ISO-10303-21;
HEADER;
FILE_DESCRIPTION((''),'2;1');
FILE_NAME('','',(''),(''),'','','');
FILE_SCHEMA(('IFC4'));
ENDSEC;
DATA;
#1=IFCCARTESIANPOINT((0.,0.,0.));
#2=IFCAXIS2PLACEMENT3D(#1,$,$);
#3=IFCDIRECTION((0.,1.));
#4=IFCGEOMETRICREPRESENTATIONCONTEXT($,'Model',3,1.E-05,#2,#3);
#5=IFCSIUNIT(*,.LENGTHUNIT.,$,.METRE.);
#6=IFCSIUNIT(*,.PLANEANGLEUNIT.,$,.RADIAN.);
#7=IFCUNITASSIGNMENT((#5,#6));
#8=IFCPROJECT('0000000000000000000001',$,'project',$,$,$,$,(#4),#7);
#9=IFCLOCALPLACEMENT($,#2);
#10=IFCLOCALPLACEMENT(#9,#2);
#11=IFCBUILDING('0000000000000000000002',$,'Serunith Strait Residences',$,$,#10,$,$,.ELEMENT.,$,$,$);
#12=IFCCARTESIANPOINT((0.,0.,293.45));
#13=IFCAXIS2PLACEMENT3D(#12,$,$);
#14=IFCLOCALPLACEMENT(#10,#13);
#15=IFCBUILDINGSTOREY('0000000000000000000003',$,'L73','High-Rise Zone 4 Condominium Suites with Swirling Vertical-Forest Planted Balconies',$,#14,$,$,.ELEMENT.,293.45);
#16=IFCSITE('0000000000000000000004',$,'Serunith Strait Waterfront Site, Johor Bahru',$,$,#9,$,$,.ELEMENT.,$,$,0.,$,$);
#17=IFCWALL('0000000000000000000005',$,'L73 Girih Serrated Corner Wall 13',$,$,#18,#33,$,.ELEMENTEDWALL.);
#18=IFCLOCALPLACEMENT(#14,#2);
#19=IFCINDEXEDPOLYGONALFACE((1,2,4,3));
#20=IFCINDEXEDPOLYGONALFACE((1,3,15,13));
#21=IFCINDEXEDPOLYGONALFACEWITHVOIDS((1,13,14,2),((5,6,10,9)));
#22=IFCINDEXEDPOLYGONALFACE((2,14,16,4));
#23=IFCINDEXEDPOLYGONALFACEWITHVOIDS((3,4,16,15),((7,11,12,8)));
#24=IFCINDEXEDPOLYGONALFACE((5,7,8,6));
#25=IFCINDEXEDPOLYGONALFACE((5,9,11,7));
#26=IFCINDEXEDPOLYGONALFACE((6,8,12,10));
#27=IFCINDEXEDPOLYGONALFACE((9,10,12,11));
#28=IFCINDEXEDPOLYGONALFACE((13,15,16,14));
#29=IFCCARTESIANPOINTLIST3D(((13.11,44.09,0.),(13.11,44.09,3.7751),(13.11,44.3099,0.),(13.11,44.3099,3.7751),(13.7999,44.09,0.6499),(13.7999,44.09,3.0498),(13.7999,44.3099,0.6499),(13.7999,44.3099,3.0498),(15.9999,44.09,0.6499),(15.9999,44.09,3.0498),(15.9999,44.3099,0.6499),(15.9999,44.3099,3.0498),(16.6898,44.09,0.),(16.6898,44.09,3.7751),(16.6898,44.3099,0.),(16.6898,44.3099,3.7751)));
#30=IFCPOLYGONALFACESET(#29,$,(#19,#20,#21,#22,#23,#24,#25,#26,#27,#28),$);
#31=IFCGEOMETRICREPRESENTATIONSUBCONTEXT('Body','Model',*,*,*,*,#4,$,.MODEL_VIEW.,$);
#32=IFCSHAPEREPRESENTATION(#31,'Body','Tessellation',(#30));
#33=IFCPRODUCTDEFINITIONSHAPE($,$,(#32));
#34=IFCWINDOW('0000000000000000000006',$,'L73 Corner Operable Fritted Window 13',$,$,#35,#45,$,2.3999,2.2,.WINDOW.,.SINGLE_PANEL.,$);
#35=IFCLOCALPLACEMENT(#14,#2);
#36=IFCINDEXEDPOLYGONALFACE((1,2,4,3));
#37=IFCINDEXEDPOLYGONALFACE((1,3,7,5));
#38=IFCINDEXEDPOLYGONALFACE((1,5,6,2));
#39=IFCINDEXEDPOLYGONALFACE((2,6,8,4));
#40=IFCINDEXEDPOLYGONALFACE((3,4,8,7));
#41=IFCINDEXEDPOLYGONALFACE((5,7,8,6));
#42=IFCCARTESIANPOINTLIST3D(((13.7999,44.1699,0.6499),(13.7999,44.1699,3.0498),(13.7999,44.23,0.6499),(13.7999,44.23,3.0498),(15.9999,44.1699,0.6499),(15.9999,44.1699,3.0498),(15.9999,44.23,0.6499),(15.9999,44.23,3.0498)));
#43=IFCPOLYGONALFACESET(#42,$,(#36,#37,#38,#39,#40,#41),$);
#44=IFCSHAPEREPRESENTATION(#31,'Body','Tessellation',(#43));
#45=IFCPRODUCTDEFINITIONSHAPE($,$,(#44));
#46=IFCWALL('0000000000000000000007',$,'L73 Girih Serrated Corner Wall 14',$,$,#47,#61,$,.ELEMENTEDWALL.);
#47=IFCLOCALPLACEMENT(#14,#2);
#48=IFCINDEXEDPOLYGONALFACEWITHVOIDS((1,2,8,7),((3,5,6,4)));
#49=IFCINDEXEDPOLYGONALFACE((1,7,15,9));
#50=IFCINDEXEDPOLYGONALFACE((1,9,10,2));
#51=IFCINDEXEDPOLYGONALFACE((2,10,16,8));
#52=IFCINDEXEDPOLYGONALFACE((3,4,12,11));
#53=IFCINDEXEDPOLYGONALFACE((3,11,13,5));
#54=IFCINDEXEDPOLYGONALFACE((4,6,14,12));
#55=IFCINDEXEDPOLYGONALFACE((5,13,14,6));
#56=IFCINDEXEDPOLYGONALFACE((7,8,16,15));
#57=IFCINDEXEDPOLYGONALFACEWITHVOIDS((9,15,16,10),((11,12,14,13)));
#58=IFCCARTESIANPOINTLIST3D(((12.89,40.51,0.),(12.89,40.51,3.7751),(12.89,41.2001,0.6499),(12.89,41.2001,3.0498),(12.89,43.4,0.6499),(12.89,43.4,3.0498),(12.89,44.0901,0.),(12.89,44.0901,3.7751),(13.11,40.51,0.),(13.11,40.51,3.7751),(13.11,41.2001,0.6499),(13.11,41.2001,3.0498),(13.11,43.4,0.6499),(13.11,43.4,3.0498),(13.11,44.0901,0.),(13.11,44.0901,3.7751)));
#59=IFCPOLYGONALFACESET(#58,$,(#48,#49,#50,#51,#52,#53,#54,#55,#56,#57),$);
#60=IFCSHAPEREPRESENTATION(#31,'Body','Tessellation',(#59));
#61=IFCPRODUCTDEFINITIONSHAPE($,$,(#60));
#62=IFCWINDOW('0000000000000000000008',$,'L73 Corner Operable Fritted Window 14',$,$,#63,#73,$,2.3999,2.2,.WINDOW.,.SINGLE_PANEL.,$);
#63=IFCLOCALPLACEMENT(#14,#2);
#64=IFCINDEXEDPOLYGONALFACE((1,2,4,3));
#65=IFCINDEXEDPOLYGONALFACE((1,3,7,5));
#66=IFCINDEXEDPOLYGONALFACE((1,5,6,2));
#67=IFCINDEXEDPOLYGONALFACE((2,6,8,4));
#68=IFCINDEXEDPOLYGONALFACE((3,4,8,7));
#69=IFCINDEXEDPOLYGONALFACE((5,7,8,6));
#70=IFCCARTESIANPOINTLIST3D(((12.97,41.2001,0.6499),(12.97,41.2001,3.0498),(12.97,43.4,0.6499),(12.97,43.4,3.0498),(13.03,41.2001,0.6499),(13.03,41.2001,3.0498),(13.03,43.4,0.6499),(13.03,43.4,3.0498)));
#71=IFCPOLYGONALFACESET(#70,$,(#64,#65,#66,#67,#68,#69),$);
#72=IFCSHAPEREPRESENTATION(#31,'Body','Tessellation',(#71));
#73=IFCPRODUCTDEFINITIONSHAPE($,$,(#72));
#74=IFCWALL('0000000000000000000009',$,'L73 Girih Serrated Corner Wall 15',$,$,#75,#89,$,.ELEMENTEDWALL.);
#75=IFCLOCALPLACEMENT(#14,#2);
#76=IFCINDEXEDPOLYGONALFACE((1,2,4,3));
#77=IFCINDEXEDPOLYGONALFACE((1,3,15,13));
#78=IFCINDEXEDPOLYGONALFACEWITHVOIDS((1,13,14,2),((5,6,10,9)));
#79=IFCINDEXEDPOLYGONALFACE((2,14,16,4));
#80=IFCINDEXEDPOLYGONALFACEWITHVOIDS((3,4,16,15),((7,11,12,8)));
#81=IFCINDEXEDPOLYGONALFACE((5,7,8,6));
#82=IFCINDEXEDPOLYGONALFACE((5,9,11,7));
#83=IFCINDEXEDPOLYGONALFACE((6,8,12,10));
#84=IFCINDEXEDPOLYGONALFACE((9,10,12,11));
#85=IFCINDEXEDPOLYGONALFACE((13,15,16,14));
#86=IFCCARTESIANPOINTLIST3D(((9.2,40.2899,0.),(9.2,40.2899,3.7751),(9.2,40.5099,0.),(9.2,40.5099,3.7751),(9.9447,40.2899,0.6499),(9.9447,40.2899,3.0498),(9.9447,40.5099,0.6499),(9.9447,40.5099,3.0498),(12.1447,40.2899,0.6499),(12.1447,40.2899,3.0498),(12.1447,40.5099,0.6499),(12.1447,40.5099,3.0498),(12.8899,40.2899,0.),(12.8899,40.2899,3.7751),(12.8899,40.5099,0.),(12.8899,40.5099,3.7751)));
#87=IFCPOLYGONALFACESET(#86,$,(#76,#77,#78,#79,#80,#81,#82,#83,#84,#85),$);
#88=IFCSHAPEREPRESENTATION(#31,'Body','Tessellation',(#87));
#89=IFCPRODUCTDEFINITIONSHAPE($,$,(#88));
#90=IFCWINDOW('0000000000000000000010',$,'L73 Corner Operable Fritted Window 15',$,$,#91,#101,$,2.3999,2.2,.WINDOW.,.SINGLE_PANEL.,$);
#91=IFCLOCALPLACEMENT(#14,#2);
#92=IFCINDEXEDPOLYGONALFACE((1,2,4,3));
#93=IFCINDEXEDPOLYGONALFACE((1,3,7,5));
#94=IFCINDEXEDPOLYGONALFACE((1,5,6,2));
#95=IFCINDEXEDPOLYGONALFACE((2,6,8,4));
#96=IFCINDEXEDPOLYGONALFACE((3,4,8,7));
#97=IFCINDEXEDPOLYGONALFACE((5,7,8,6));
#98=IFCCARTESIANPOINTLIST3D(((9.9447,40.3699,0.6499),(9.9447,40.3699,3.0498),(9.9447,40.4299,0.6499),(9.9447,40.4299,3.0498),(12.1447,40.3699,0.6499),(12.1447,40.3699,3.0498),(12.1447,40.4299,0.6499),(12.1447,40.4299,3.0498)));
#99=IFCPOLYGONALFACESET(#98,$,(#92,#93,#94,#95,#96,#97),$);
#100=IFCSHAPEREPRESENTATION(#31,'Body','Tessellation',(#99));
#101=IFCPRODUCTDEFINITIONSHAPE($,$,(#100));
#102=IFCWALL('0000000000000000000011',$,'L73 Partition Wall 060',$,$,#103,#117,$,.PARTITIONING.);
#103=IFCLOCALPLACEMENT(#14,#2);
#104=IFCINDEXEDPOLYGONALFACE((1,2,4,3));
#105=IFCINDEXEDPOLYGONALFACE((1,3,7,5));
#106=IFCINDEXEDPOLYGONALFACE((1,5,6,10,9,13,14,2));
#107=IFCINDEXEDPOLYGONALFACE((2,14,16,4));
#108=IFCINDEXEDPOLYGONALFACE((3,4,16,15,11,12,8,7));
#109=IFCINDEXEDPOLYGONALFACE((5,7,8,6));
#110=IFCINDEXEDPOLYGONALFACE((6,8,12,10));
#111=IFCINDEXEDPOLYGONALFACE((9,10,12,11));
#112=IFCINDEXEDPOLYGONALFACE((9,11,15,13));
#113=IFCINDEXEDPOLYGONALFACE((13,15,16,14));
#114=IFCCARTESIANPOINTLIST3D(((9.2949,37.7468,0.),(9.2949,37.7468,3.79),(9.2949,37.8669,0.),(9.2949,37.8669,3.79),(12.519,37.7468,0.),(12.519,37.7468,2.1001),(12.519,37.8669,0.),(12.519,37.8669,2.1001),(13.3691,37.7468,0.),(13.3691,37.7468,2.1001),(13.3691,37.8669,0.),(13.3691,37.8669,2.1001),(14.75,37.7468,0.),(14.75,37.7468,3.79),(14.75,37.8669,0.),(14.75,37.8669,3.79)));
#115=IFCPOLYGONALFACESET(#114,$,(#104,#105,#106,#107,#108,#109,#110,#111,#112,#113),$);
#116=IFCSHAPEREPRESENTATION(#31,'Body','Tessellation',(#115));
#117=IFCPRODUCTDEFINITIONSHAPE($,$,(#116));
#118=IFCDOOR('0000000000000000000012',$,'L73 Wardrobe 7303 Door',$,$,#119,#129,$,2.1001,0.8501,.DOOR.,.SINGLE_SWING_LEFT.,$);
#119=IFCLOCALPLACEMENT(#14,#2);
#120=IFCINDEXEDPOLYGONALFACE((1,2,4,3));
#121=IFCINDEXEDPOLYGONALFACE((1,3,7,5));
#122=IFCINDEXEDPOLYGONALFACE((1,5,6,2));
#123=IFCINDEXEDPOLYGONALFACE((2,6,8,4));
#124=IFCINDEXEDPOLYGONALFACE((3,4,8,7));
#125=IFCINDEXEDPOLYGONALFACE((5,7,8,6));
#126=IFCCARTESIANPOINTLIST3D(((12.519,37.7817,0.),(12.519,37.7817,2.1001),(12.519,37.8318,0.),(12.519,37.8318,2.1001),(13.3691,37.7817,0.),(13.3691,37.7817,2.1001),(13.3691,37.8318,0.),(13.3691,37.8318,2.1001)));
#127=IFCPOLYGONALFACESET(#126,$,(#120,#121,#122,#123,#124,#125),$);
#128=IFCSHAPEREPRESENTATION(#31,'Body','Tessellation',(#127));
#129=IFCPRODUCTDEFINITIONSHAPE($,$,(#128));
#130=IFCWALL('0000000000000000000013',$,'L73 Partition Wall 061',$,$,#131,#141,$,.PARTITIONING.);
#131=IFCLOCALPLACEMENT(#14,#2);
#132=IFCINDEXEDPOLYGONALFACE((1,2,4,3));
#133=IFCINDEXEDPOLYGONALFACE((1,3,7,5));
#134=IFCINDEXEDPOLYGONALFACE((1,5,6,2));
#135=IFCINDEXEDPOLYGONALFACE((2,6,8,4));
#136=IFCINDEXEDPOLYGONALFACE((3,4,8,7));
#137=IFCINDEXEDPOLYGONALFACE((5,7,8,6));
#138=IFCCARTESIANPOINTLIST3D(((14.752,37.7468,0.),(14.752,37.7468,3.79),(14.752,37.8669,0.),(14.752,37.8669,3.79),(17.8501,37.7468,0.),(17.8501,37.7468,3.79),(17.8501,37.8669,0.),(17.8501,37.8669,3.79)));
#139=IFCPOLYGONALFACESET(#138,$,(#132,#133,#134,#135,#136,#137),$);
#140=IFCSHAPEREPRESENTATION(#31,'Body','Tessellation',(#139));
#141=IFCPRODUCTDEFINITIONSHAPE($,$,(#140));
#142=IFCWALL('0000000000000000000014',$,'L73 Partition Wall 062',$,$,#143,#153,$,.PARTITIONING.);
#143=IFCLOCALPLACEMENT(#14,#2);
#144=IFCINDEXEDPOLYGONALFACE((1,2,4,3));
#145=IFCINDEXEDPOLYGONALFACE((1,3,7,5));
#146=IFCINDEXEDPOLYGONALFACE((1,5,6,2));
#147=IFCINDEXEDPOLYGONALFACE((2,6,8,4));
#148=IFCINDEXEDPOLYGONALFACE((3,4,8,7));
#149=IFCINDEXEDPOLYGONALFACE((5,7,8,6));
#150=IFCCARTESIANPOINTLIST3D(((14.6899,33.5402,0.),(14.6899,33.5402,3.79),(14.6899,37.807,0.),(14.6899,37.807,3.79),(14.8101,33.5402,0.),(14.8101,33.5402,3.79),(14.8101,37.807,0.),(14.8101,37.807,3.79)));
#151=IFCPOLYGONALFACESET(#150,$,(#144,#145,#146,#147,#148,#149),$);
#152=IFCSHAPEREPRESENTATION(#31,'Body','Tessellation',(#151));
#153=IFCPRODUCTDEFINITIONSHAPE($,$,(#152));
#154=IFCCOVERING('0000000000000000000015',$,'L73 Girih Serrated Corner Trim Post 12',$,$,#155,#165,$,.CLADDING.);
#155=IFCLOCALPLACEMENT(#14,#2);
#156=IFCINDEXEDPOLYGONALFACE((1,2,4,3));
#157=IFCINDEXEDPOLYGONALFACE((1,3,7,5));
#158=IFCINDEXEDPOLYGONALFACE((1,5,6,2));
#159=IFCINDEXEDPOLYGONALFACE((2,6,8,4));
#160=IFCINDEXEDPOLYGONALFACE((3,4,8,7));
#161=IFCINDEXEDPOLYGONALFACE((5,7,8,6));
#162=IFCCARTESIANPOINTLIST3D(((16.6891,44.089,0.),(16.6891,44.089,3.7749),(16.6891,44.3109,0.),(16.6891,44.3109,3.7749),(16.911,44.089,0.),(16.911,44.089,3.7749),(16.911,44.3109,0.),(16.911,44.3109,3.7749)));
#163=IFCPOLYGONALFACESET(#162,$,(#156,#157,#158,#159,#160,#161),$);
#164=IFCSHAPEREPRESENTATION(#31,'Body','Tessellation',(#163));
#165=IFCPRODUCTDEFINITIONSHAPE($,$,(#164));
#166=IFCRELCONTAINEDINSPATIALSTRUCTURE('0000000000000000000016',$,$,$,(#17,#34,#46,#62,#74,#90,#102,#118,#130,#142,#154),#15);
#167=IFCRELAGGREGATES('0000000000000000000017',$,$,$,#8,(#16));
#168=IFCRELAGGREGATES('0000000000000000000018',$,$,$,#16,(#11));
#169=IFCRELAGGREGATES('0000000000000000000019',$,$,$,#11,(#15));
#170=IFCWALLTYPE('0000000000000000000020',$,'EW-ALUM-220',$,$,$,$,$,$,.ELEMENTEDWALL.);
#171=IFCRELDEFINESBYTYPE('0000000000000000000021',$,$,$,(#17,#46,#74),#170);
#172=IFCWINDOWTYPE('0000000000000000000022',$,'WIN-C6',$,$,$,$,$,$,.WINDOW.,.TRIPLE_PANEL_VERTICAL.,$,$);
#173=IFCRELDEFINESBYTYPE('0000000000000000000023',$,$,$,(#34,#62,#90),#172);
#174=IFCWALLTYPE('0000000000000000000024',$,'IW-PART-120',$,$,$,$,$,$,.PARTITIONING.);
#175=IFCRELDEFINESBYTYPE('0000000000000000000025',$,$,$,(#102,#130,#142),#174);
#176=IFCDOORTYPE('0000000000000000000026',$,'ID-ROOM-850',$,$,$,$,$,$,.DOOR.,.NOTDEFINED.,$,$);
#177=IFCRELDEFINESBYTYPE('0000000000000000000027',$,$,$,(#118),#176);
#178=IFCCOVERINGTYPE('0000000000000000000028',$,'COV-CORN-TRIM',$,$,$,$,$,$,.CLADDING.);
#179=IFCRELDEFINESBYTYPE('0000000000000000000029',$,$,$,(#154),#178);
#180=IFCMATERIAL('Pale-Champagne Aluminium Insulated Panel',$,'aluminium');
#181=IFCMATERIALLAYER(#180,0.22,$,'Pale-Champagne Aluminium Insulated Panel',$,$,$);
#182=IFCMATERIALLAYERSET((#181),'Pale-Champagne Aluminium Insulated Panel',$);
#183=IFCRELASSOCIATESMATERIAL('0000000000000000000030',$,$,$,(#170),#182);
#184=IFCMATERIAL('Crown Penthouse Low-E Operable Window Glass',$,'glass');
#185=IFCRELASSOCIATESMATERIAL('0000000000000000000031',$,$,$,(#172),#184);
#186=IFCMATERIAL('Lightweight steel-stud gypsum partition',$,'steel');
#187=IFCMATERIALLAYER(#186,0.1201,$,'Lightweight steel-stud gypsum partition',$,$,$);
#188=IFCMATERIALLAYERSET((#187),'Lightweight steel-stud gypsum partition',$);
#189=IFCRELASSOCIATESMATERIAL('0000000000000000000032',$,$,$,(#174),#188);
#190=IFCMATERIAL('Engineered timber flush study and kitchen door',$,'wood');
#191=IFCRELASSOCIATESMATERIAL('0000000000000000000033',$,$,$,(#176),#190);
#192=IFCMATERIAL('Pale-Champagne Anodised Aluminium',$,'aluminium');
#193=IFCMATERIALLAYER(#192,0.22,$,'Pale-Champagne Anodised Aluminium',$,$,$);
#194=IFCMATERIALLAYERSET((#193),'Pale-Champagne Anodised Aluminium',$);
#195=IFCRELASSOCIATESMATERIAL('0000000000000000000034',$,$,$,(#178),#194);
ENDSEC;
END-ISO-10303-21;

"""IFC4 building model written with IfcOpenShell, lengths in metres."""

from ifc_helpers import new_model, si_unit, direction, frame, frame_2d, origin, origin_2d, place, context, subcontext, project, spatial, rectangle, extrude, source, transform, mapped, material, layer, layer_set, type_object, element, fill, save


model = new_model("IFC4")

# Units and contexts
model_context = context("Model", 3, precision=1e-05, world=origin(), true_north=direction((0.0, 1.0)))
body_context = subcontext(model_context, "Body", "Model", "MODEL_VIEW")
ifc_project = project(units=[si_unit("LENGTHUNIT", "METRE"), si_unit("PLANEANGLEUNIT", "RADIAN")], contexts=[model_context])

# Site, building, storey
site_placement = place(None, origin())
site = spatial("IfcSite", under=ifc_project, at=site_placement, Name="Serunith Strait Waterfront Site, Johor Bahru", CompositionType="ELEMENT", RefElevation=0.0)
building_placement = place(site_placement, origin())
building = spatial("IfcBuilding", under=site, at=building_placement, Name="Serunith Strait Residences", CompositionType="ELEMENT")
storey_placement = place(building_placement, frame((0.0, 0.0, 293.45)))
storey = spatial("IfcBuildingStorey", under=building, at=storey_placement, Name="L73", Description="High-Rise Zone 4 Condominium Suites with Swirling Vertical-Forest Planted Balconies", CompositionType="ELEMENT", Elevation=293.45)

# Walls, openings, windows
ifc_material_1 = material(Name="Pale-Champagne Aluminium Insulated Panel", Category="aluminium")
ifc_layer_1 = layer(ifc_material_1, 0.22, Name="Pale-Champagne Aluminium Insulated Panel")
ifc_layer_set_1 = layer_set([ifc_layer_1], Name="Pale-Champagne Aluminium Insulated Panel")
wall_type_1 = type_object("IfcWallType", Name="EW-ALUM-220", PredefinedType="ELEMENTEDWALL", material=ifc_layer_set_1)
ifc_material_2 = material(Name="Crown Penthouse Low-E Operable Window Glass", Category="glass")
window_type = type_object("IfcWindowType", Name="WIN-C6", PartitioningType="TRIPLE_PANEL_VERTICAL", PredefinedType="WINDOW", material=ifc_material_2)
shared_shape_1 = source(origin(), body_context, "Body", "SweptSolid", [
    extrude(rectangle(XDim=2.2, YDim=2.3999, at=frame_2d((1.1001, 1.2))), frame((0.0, 0.03, 0.0), z_axis=(0.0, -1.0, 0.0), x_axis=(1.0, 0.0, 0.0)), (0.0, 0.0, 1.0), 0.0601),
])
wall_1_placement = place(storey_placement, frame((16.6899, 44.2, 0.0), z_axis=(0.0, 0.0, 1.0), x_axis=(-1.0, 0.0, 0.0)))
wall_1 = element("IfcWall", 1, at=wall_1_placement, inside=storey, type_object=wall_type_1, Name="L73 Girih Serrated Corner Wall 13", PredefinedType="ELEMENTEDWALL", context=body_context, shape_type="SweptSolid", body=[
    extrude(rectangle(XDim=3.5798, YDim=0.22, at=frame_2d((1.79, 0.0))), origin(), (0.0, 0.0, 1.0), 3.7751),
])
opening_1_placement = place(wall_1_placement, frame((0.6899, 0.0, 0.6499)))
opening_1 = element("IfcOpeningElement", 2, at=opening_1_placement, cuts=wall_1, PredefinedType="OPENING", context=body_context, shape_type="SweptSolid", body=[
    extrude(rectangle(XDim=2.2, YDim=2.3999, at=frame_2d((1.1001, 1.2))), frame((0.0, 0.1201, 0.0), z_axis=(0.0, -1.0, 0.0), x_axis=(1.0, 0.0, 0.0)), (0.0, 0.0, 1.0), 0.24),
])
window_1_placement = place(opening_1_placement, origin())
window_1 = element("IfcWindow", 3, at=window_1_placement, inside=storey, type_object=window_type, Name="L73 Corner Operable Fritted Window 13", OverallHeight=2.3999, OverallWidth=2.2, PartitioningType="SINGLE_PANEL", PredefinedType="WINDOW", context=body_context, shape_type="MappedRepresentation", body=[
    mapped(shared_shape_1, transform((0.0, 0.0, 0.0), scale=1.0)),
])
fill(opening_1, window_1)
wall_2_placement = place(storey_placement, frame((13.0, 44.0901, 0.0), z_axis=(0.0, 0.0, 1.0), x_axis=(0.0, -1.0, 0.0)))
wall_2 = element("IfcWall", 4, at=wall_2_placement, inside=storey, type_object=wall_type_1, Name="L73 Girih Serrated Corner Wall 14", PredefinedType="ELEMENTEDWALL", context=body_context, shape_type="SweptSolid", body=[
    extrude(rectangle(XDim=3.5801, YDim=0.22, at=frame_2d((1.79, 0.0))), origin(), (0.0, 0.0, 1.0), 3.7751),
])
opening_2_placement = place(wall_2_placement, frame((0.6899, 0.0, 0.6499)))
opening_2 = element("IfcOpeningElement", 5, at=opening_2_placement, cuts=wall_2, PredefinedType="OPENING", context=body_context, shape_type="SweptSolid", body=[
    extrude(rectangle(XDim=2.2, YDim=2.3999, at=frame_2d((1.1001, 1.2))), frame((0.0, 0.1201, 0.0), z_axis=(0.0, -1.0, 0.0), x_axis=(1.0, 0.0, 0.0)), (0.0, 0.0, 1.0), 0.24),
])
window_2_placement = place(opening_2_placement, origin())
window_2 = element("IfcWindow", 6, at=window_2_placement, inside=storey, type_object=window_type, Name="L73 Corner Operable Fritted Window 14", OverallHeight=2.3999, OverallWidth=2.2, PartitioningType="SINGLE_PANEL", PredefinedType="WINDOW", context=body_context, shape_type="MappedRepresentation", body=[
    mapped(shared_shape_1, transform((0.0, 0.0, 0.0), scale=1.0)),
])
fill(opening_2, window_2)
wall_3_placement = place(storey_placement, frame((12.8899, 40.3999, 0.0), z_axis=(0.0, 0.0, 1.0), x_axis=(-1.0, 0.0, 0.0)))
wall_3 = element("IfcWall", 7, at=wall_3_placement, inside=storey, type_object=wall_type_1, Name="L73 Girih Serrated Corner Wall 15", PredefinedType="ELEMENTEDWALL", context=body_context, shape_type="SweptSolid", body=[
    extrude(rectangle(XDim=3.6899, YDim=0.22, at=frame_2d((1.845, 0.0))), origin(), (0.0, 0.0, 1.0), 3.7751),
])
opening_3_placement = place(wall_3_placement, frame((0.7451, 0.0, 0.6499)))
opening_3 = element("IfcOpeningElement", 8, at=opening_3_placement, cuts=wall_3, PredefinedType="OPENING", context=body_context, shape_type="SweptSolid", body=[
    extrude(rectangle(XDim=2.2, YDim=2.3999, at=frame_2d((1.1001, 1.2))), frame((0.0, 0.1201, 0.0), z_axis=(0.0, -1.0, 0.0), x_axis=(1.0, 0.0, 0.0)), (0.0, 0.0, 1.0), 0.24),
])
window_3_placement = place(opening_3_placement, origin())
window_3 = element("IfcWindow", 9, at=window_3_placement, inside=storey, type_object=window_type, Name="L73 Corner Operable Fritted Window 15", OverallHeight=2.3999, OverallWidth=2.2, PartitioningType="SINGLE_PANEL", PredefinedType="WINDOW", context=body_context, shape_type="MappedRepresentation", body=[
    mapped(shared_shape_1, transform((0.0, 0.0, 0.0), scale=1.0)),
])
fill(opening_3, window_3)

# Wall, opening, door
ifc_material_3 = material(Name="Lightweight steel-stud gypsum partition", Category="steel")
ifc_layer_2 = layer(ifc_material_3, 0.1201, Name="Lightweight steel-stud gypsum partition")
ifc_layer_set_2 = layer_set([ifc_layer_2], Name="Lightweight steel-stud gypsum partition")
wall_type_2 = type_object("IfcWallType", Name="IW-PART-120", PredefinedType="PARTITIONING", material=ifc_layer_set_2)
wall_4_placement = place(storey_placement, frame((9.2949, 37.8069, 0.0), z_axis=(0.0, 0.0, 1.0), x_axis=(1.0, 0.0, 0.0)))
wall_4 = element("IfcWall", 10, at=wall_4_placement, inside=storey, type_object=wall_type_2, Name="L73 Partition Wall 060", PredefinedType="PARTITIONING", context=body_context, shape_type="SweptSolid", body=[
    extrude(rectangle(XDim=5.4551, YDim=0.1201, at=frame_2d((2.7275, 0.0))), origin(), (0.0, 0.0, 1.0), 3.79),
])
opening_4_placement = place(wall_4_placement, frame((3.2241, 0.0, 0.0)))
opening_4 = element("IfcOpeningElement", 11, at=opening_4_placement, cuts=wall_4, PredefinedType="OPENING", context=body_context, shape_type="SweptSolid", body=[
    extrude(rectangle(XDim=0.8501, YDim=2.1001, at=frame_2d((0.425, 1.05))), frame((0.0, 0.0701, 0.0), z_axis=(0.0, -1.0, 0.0), x_axis=(1.0, 0.0, 0.0)), (0.0, 0.0, 1.0), 0.1401),
])
ifc_material_4 = material(Name="Engineered timber flush study and kitchen door", Category="wood")
door_type = type_object("IfcDoorType", Name="ID-ROOM-850", OperationType="NOTDEFINED", PredefinedType="DOOR", material=ifc_material_4)
shared_shape_2 = source(origin(), body_context, "Body", "SweptSolid", [
    extrude(rectangle(XDim=0.8501, YDim=2.1001, at=frame_2d((0.425, 1.05))), frame((0.0, 0.0249, 0.0), z_axis=(0.0, -1.0, 0.0), x_axis=(1.0, 0.0, 0.0)), (0.0, 0.0, 1.0), 0.05),
])
door_placement = place(opening_4_placement, origin())
door = element("IfcDoor", 12, at=door_placement, inside=storey, type_object=door_type, Name="L73 Wardrobe 7303 Door", OperationType="SINGLE_SWING_LEFT", OverallHeight=2.1001, OverallWidth=0.8501, PredefinedType="DOOR", context=body_context, shape_type="MappedRepresentation", body=[
    mapped(shared_shape_2, transform((0.0, 0.0, 0.0), scale=1.0)),
])
fill(opening_4, door)

# Walls
wall_5_placement = place(storey_placement, frame((14.752, 37.8069, 0.0), z_axis=(0.0, 0.0, 1.0), x_axis=(1.0, 0.0, 0.0)))
element("IfcWall", 13, at=wall_5_placement, inside=storey, type_object=wall_type_2, Name="L73 Partition Wall 061", PredefinedType="PARTITIONING", context=body_context, shape_type="SweptSolid", body=[
    extrude(rectangle(XDim=3.0981, YDim=0.1201, at=frame_2d((1.5491, 0.0))), origin(), (0.0, 0.0, 1.0), 3.79),
])
wall_6_placement = place(storey_placement, frame((14.75, 37.8069, 0.0), z_axis=(0.0, 0.0, 1.0), x_axis=(0.0, -1.0, 0.0)))
element("IfcWall", 14, at=wall_6_placement, inside=storey, type_object=wall_type_2, Name="L73 Partition Wall 062", PredefinedType="PARTITIONING", context=body_context, shape_type="SweptSolid", body=[
    extrude(rectangle(XDim=4.2668, YDim=0.1201, at=frame_2d((2.1333, 0.0))), origin(), (0.0, 0.0, 1.0), 3.79),
])

# Covering
ifc_material_5 = material(Name="Pale-Champagne Anodised Aluminium", Category="aluminium")
ifc_layer_3 = layer(ifc_material_5, 0.22, Name="Pale-Champagne Anodised Aluminium")
ifc_layer_set_3 = layer_set([ifc_layer_3], Name="Pale-Champagne Anodised Aluminium")
covering_type = type_object("IfcCoveringType", Name="COV-CORN-TRIM", PredefinedType="CLADDING", material=ifc_layer_set_3)
shared_shape_3 = source(origin(), body_context, "Body", "SweptSolid", [
    extrude(rectangle(XDim=0.2219, YDim=0.2219, at=origin_2d()), origin(), (0.0, 0.0, 1.0), 3.7749),
])
for number, where, z_axis, x_axis, name in (
    (15, (16.8, 44.2, 0.0), (0.0, 0.0, 1.0), (1.0, 0.0, 0.0), "L73 Girih Serrated Corner Trim Post 12"),
):
    element("IfcCovering", number, at=place(storey_placement, frame(where, z_axis=z_axis, x_axis=x_axis)), inside=storey, type_object=covering_type, Name=name, PredefinedType="CLADDING", context=body_context, shape_type="MappedRepresentation", body=[
        mapped(shared_shape_3, transform((0.0, 0.0, 0.0), scale=1.0)),
    ])

save(model, "model.ifc")
